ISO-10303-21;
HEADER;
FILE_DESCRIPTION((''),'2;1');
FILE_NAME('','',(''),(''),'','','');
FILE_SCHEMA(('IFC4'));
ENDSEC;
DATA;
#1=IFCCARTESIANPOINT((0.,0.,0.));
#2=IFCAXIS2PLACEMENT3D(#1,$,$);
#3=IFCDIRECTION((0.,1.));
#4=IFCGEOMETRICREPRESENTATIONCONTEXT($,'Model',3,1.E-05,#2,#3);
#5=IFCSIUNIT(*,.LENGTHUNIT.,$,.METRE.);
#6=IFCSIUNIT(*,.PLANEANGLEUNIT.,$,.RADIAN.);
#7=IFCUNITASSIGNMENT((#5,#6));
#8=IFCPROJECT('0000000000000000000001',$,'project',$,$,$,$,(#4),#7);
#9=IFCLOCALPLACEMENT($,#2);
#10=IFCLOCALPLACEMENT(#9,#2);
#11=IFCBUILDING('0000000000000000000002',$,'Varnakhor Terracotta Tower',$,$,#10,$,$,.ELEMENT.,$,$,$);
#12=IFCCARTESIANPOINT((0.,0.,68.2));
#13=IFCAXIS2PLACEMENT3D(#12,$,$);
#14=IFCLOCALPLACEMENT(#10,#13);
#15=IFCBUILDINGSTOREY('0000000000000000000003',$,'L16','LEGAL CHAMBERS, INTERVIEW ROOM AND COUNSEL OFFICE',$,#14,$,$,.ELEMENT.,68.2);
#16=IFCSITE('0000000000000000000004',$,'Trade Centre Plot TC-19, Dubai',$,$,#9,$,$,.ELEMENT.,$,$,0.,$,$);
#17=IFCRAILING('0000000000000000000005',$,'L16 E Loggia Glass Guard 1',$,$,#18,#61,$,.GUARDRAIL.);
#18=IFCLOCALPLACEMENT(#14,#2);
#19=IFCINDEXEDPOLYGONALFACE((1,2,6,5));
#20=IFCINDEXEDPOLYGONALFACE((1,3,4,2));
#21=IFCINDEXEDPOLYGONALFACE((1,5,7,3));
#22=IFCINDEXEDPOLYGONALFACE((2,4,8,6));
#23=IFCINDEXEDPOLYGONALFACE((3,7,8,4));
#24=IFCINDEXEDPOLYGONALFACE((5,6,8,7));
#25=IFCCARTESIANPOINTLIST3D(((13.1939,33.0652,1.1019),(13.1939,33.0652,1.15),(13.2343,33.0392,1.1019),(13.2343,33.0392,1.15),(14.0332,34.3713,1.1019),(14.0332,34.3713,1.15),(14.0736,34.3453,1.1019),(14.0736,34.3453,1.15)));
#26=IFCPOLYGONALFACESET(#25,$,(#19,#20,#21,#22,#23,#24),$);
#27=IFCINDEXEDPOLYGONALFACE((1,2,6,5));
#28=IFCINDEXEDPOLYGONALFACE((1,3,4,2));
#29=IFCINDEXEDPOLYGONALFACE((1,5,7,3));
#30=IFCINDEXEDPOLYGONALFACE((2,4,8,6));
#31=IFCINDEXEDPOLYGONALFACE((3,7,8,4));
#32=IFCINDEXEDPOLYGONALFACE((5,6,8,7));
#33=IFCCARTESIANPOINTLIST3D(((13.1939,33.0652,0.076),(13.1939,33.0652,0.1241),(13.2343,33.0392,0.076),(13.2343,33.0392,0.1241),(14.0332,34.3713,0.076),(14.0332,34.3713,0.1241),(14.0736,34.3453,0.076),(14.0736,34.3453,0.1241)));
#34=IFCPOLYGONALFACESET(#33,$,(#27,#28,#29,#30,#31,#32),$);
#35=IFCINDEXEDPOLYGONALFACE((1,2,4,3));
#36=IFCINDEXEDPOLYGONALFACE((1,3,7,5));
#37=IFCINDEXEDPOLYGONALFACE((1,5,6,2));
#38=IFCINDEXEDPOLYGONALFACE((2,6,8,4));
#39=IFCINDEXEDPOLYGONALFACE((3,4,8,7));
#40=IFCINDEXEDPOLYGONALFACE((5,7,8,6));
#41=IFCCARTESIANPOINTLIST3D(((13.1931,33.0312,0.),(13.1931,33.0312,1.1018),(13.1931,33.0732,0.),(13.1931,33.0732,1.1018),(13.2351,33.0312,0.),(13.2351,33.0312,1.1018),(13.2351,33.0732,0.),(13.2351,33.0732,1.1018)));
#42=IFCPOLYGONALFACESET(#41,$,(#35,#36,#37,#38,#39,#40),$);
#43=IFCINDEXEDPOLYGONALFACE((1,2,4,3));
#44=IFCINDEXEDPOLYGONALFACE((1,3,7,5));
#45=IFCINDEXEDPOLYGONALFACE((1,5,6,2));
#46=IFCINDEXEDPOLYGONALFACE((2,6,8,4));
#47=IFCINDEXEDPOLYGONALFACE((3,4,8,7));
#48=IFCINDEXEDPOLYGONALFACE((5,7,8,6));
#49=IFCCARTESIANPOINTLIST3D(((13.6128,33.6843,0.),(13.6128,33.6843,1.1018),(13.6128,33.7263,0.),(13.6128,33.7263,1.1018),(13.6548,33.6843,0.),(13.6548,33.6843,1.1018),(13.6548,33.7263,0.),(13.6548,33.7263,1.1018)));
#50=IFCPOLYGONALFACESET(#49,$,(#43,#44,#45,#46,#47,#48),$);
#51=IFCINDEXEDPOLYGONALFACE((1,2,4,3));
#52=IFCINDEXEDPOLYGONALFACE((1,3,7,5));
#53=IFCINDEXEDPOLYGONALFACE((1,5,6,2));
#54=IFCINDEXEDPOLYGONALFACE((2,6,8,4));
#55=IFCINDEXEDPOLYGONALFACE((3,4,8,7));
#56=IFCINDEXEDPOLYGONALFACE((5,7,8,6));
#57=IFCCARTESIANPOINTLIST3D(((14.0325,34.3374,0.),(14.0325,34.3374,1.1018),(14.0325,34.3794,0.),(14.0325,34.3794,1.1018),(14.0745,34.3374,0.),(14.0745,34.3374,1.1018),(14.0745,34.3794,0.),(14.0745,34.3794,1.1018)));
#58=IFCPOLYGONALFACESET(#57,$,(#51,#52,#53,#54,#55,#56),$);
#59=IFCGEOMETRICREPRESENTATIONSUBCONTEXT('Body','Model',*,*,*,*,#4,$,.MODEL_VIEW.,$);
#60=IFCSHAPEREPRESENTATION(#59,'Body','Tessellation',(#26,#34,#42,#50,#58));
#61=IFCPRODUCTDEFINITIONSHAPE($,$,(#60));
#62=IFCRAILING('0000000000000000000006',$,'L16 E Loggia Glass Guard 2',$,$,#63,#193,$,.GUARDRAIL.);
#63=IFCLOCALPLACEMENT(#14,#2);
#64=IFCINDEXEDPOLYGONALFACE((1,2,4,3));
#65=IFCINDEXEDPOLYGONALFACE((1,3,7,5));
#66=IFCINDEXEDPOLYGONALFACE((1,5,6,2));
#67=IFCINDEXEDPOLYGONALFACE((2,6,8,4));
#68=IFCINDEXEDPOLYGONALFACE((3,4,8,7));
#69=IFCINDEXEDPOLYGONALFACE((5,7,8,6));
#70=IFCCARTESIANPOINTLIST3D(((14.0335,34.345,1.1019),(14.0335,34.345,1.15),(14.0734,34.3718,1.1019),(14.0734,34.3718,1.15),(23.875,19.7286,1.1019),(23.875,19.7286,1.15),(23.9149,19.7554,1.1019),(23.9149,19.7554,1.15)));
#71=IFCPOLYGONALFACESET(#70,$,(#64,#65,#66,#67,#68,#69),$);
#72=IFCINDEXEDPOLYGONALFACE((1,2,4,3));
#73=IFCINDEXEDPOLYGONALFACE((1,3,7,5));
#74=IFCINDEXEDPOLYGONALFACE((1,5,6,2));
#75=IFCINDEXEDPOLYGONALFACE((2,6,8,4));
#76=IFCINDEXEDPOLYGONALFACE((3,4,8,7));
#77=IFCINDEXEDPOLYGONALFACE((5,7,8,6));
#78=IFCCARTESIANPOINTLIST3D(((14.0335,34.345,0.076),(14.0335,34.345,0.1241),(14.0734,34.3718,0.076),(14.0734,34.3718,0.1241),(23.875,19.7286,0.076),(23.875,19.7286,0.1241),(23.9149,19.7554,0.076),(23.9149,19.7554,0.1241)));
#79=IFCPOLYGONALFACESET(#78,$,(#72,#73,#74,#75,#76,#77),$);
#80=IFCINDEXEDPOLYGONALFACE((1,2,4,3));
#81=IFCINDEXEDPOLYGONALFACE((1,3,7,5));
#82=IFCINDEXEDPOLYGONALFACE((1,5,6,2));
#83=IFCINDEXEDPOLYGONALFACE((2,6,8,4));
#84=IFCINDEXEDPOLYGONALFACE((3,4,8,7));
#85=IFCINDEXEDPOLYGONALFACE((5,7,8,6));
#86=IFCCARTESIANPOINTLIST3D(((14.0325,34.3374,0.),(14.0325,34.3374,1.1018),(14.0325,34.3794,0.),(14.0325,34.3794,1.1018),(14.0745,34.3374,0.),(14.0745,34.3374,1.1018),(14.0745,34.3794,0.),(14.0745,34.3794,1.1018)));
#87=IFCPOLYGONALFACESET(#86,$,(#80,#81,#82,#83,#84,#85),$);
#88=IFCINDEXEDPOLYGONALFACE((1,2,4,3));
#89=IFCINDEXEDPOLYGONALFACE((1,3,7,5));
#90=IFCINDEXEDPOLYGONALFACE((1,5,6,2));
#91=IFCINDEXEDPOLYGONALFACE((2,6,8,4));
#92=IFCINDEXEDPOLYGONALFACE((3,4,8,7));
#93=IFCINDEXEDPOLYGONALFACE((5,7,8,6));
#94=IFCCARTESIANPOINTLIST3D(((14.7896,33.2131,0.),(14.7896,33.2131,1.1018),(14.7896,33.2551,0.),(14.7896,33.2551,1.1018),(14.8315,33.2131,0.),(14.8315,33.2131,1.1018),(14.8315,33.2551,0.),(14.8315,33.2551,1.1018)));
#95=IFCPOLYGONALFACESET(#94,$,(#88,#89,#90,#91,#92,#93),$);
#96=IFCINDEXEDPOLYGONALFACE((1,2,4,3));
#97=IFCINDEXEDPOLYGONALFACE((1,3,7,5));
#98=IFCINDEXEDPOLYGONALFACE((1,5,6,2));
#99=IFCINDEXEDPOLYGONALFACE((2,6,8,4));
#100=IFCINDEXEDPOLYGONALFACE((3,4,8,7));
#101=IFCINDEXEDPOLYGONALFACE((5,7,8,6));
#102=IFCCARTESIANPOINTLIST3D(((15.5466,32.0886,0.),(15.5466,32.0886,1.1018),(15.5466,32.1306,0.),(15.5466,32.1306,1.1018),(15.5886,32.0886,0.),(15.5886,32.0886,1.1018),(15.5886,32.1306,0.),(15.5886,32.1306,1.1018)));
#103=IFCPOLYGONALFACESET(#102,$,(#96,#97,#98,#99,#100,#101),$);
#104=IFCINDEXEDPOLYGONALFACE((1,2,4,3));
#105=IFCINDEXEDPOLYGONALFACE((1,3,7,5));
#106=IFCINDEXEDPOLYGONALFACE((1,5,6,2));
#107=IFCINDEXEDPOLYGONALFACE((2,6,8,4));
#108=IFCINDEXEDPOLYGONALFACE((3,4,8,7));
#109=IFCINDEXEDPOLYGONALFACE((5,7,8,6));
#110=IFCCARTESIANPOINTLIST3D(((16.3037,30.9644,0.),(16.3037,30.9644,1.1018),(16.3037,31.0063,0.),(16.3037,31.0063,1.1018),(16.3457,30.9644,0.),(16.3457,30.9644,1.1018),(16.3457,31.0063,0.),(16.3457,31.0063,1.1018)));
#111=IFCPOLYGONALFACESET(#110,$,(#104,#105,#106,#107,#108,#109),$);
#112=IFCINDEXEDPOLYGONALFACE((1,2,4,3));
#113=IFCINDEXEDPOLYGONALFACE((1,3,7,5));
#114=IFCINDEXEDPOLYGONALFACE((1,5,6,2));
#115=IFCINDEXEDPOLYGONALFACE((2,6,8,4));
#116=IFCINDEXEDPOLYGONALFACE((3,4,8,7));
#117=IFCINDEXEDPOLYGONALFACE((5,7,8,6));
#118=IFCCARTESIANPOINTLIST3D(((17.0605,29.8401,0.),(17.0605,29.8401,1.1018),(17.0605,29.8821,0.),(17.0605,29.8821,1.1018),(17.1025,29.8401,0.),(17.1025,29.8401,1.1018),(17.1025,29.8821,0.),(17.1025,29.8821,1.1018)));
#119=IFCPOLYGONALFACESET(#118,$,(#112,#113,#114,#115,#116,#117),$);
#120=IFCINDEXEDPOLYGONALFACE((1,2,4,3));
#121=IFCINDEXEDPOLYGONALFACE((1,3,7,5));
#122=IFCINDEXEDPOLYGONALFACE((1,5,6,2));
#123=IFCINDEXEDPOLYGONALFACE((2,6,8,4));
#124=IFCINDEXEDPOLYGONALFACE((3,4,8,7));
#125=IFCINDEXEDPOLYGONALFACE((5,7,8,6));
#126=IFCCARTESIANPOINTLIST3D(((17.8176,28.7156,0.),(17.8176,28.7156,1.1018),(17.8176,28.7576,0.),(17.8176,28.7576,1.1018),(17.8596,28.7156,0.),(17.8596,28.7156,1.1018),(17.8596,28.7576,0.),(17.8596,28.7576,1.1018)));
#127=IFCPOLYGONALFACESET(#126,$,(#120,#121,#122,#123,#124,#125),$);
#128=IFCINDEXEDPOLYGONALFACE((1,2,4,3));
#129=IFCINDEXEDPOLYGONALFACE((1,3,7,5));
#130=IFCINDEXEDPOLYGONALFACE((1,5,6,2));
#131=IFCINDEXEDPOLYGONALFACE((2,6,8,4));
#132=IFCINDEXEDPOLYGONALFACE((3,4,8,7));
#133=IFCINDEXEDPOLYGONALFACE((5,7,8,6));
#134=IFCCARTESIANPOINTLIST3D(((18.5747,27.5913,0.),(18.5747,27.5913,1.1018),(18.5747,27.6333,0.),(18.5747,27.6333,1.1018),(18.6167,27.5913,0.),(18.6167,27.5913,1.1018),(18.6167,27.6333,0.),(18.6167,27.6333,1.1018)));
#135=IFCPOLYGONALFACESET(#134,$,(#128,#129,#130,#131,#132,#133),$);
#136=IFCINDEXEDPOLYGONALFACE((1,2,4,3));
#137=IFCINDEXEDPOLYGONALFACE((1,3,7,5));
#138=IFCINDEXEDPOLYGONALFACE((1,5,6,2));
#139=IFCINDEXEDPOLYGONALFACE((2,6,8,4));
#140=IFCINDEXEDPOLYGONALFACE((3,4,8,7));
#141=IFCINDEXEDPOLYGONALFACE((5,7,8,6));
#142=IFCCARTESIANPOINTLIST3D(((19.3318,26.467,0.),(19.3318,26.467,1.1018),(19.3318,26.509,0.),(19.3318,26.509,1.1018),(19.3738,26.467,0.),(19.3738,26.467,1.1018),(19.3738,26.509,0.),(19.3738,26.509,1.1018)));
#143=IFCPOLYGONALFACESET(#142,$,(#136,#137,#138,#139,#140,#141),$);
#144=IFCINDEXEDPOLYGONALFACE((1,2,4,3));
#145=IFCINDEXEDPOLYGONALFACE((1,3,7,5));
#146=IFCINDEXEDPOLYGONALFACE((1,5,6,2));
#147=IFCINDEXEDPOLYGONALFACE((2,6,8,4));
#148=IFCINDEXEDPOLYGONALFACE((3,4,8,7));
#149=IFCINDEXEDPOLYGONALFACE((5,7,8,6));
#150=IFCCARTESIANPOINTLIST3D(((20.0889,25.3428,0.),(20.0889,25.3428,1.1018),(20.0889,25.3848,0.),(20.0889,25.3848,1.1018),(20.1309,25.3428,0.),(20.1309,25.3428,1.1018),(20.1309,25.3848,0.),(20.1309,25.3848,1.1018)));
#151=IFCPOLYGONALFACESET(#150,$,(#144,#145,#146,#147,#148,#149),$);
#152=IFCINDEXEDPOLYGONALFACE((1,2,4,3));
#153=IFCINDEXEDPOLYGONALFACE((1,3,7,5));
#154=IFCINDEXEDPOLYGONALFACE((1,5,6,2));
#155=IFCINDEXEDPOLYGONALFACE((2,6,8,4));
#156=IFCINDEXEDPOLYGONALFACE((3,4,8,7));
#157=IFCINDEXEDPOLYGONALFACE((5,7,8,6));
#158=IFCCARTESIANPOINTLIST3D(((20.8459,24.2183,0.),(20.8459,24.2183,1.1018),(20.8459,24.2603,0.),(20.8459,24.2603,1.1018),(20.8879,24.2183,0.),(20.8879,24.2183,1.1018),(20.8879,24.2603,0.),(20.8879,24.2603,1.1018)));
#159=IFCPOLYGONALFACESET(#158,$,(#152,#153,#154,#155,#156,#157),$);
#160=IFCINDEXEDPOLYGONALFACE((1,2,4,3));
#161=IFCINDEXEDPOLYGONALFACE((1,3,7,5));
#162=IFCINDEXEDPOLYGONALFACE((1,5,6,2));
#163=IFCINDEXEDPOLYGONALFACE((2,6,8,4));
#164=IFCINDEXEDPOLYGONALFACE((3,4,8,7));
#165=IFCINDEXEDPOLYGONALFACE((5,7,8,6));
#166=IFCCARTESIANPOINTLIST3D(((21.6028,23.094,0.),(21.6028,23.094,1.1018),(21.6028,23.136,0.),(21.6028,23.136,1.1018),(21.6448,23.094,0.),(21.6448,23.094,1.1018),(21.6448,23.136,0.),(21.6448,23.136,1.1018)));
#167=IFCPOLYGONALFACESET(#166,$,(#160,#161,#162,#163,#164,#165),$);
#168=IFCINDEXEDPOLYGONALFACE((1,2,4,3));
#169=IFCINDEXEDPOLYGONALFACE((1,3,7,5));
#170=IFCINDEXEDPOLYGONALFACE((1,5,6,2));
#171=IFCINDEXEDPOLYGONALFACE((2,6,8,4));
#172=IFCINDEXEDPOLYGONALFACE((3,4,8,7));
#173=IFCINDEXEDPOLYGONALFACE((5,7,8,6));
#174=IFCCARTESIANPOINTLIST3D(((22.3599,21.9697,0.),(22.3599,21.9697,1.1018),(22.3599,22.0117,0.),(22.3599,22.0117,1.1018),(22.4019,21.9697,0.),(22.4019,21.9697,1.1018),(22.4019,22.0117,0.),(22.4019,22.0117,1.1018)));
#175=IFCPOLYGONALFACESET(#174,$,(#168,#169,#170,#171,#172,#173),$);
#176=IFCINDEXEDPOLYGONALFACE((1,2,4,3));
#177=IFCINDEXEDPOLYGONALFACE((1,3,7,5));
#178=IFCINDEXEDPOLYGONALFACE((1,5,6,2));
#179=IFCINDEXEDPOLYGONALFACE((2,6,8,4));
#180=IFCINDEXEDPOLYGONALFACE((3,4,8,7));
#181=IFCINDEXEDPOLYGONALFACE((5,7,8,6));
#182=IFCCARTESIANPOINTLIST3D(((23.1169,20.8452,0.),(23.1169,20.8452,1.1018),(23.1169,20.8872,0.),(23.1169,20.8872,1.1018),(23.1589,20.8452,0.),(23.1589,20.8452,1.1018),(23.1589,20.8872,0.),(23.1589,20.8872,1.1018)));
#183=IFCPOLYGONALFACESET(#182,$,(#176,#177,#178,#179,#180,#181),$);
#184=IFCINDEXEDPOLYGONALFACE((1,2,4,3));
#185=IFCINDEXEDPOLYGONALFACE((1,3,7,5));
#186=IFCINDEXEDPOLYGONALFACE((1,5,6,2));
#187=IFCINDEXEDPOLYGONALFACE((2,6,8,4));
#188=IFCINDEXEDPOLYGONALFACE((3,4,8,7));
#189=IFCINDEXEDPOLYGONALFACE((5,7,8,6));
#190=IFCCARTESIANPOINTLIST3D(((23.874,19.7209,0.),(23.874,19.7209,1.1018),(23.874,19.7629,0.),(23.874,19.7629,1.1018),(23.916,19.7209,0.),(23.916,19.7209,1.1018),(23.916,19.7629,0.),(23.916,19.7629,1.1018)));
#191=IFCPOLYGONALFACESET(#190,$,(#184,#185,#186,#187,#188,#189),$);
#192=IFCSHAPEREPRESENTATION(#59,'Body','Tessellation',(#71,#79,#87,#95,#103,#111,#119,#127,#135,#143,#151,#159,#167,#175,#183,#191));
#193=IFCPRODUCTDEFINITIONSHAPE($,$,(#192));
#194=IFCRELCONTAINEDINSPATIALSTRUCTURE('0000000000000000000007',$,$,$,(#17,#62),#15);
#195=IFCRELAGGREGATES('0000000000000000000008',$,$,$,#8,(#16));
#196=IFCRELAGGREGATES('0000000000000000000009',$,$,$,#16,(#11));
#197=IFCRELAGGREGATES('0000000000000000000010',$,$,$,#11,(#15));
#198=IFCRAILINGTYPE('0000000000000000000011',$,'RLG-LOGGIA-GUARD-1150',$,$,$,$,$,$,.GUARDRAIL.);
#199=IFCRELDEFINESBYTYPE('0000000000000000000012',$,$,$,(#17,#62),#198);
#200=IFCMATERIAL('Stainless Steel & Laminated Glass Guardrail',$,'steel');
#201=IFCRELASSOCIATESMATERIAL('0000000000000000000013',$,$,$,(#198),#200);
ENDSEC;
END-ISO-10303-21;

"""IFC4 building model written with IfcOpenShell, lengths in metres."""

from ifc_helpers import new_model, si_unit, direction, frame, origin, origin_2d, place, context, subcontext, project, spatial, rectangle, extrude, material, type_object, element, save


model = new_model("IFC4")

# Units and contexts
model_context = context("Model", 3, precision=1e-05, world=origin(), true_north=direction((0.0, 1.0)))
body_context = subcontext(model_context, "Body", "Model", "MODEL_VIEW")
ifc_project = project(units=[si_unit("LENGTHUNIT", "METRE"), si_unit("PLANEANGLEUNIT", "RADIAN")], contexts=[model_context])

# Site, building, storey
site_placement = place(None, origin())
site = spatial("IfcSite", under=ifc_project, at=site_placement, Name="Trade Centre Plot TC-19, Dubai", CompositionType="ELEMENT", RefElevation=0.0)
building_placement = place(site_placement, origin())
building = spatial("IfcBuilding", under=site, at=building_placement, Name="Varnakhor Terracotta Tower", CompositionType="ELEMENT")
storey_placement = place(building_placement, frame((0.0, 0.0, 68.2)))
storey = spatial("IfcBuildingStorey", under=building, at=storey_placement, Name="L16", Description="LEGAL CHAMBERS, INTERVIEW ROOM AND COUNSEL OFFICE", CompositionType="ELEMENT", Elevation=68.2)

# Railings
ifc_material_1 = material(Name="Stainless Steel & Laminated Glass Guardrail", Category="steel")
railing_type = type_object("IfcRailingType", Name="RLG-LOGGIA-GUARD-1150", PredefinedType="GUARDRAIL", material=ifc_material_1)
railing_1_placement = place(storey_placement, frame((13.2141, 33.0522, 0.0)))
element("IfcRailing", 1, at=railing_1_placement, inside=storey, type_object=railing_type, Name="L16 E Loggia Glass Guard 1", PredefinedType="GUARDRAIL", context=body_context, shape_type="SweptSolid", body=[
    extrude(rectangle(XDim=0.0481, YDim=0.0481, at=origin_2d()), frame((0.0, 0.0, 1.126), z_axis=(0.540615, 0.84127, 0.0), x_axis=(-0.84127, 0.540615, 0.0)), (0.0, 0.0, 1.0), 1.5525),
    extrude(rectangle(XDim=0.0481, YDim=0.0481, at=origin_2d()), frame((0.0, 0.0, 0.1001), z_axis=(0.540615, 0.84127, 0.0), x_axis=(-0.84127, 0.540615, 0.0)), (0.0, 0.0, 1.0), 1.5525),
    extrude(rectangle(XDim=0.042, YDim=0.042, at=origin_2d()), origin(), (0.0, 0.0, 1.0), 1.1018),
    extrude(rectangle(XDim=0.042, YDim=0.042, at=origin_2d()), frame((0.4197, 0.6531, 0.0)), (0.0, 0.0, 1.0), 1.1018),
    extrude(rectangle(XDim=0.042, YDim=0.042, at=origin_2d()), frame((0.8394, 1.3062, 0.0)), (0.0, 0.0, 1.0), 1.1018),
])
railing_2_placement = place(storey_placement, frame((14.0535, 34.3584, 0.0)))
element("IfcRailing", 2, at=railing_2_placement, inside=storey, type_object=railing_type, Name="L16 E Loggia Glass Guard 2", PredefinedType="GUARDRAIL", context=body_context, shape_type="SweptSolid", body=[
    extrude(rectangle(XDim=0.0481, YDim=0.0481, at=origin_2d()), frame((0.0, 0.0, 1.126), z_axis=(0.558515, -0.829494, 0.0), x_axis=(0.829494, 0.558515, 0.0)), (0.0, 0.0, 1.0), 17.6208),
    extrude(rectangle(XDim=0.0481, YDim=0.0481, at=origin_2d()), frame((0.0, 0.0, 0.1001), z_axis=(0.558515, -0.829494, 0.0), x_axis=(0.829494, 0.558515, 0.0)), (0.0, 0.0, 1.0), 17.6208),
    extrude(rectangle(XDim=0.042, YDim=0.042, at=origin_2d()), origin(), (0.0, 0.0, 1.0), 1.1018),
    extrude(rectangle(XDim=0.042, YDim=0.042, at=origin_2d()), frame((0.7571, -1.1243, 0.0)), (0.0, 0.0, 1.0), 1.1018),
    extrude(rectangle(XDim=0.042, YDim=0.042, at=origin_2d()), frame((1.5142, -2.2488, 0.0)), (0.0, 0.0, 1.0), 1.1018),
    extrude(rectangle(XDim=0.042, YDim=0.042, at=origin_2d()), frame((2.2712, -3.373, 0.0)), (0.0, 0.0, 1.0), 1.1018),
    extrude(rectangle(XDim=0.042, YDim=0.042, at=origin_2d()), frame((3.0281, -4.4973, 0.0)), (0.0, 0.0, 1.0), 1.1018),
    extrude(rectangle(XDim=0.042, YDim=0.042, at=origin_2d()), frame((3.7852, -5.6218, 0.0)), (0.0, 0.0, 1.0), 1.1018),
    extrude(rectangle(XDim=0.042, YDim=0.042, at=origin_2d()), frame((4.5422, -6.7461, 0.0)), (0.0, 0.0, 1.0), 1.1018),
    extrude(rectangle(XDim=0.042, YDim=0.042, at=origin_2d()), frame((5.2993, -7.8704, 0.0)), (0.0, 0.0, 1.0), 1.1018),
    extrude(rectangle(XDim=0.042, YDim=0.042, at=origin_2d()), frame((6.0564, -8.9946, 0.0)), (0.0, 0.0, 1.0), 1.1018),
    extrude(rectangle(XDim=0.042, YDim=0.042, at=origin_2d()), frame((6.8135, -10.1191, 0.0)), (0.0, 0.0, 1.0), 1.1018),
    extrude(rectangle(XDim=0.042, YDim=0.042, at=origin_2d()), frame((7.5703, -11.2434, 0.0)), (0.0, 0.0, 1.0), 1.1018),
    extrude(rectangle(XDim=0.042, YDim=0.042, at=origin_2d()), frame((8.3274, -12.3677, 0.0)), (0.0, 0.0, 1.0), 1.1018),
    extrude(rectangle(XDim=0.042, YDim=0.042, at=origin_2d()), frame((9.0845, -13.4922, 0.0)), (0.0, 0.0, 1.0), 1.1018),
    extrude(rectangle(XDim=0.042, YDim=0.042, at=origin_2d()), frame((9.8416, -14.6165, 0.0)), (0.0, 0.0, 1.0), 1.1018),
])

save(model, "model.ifc")
